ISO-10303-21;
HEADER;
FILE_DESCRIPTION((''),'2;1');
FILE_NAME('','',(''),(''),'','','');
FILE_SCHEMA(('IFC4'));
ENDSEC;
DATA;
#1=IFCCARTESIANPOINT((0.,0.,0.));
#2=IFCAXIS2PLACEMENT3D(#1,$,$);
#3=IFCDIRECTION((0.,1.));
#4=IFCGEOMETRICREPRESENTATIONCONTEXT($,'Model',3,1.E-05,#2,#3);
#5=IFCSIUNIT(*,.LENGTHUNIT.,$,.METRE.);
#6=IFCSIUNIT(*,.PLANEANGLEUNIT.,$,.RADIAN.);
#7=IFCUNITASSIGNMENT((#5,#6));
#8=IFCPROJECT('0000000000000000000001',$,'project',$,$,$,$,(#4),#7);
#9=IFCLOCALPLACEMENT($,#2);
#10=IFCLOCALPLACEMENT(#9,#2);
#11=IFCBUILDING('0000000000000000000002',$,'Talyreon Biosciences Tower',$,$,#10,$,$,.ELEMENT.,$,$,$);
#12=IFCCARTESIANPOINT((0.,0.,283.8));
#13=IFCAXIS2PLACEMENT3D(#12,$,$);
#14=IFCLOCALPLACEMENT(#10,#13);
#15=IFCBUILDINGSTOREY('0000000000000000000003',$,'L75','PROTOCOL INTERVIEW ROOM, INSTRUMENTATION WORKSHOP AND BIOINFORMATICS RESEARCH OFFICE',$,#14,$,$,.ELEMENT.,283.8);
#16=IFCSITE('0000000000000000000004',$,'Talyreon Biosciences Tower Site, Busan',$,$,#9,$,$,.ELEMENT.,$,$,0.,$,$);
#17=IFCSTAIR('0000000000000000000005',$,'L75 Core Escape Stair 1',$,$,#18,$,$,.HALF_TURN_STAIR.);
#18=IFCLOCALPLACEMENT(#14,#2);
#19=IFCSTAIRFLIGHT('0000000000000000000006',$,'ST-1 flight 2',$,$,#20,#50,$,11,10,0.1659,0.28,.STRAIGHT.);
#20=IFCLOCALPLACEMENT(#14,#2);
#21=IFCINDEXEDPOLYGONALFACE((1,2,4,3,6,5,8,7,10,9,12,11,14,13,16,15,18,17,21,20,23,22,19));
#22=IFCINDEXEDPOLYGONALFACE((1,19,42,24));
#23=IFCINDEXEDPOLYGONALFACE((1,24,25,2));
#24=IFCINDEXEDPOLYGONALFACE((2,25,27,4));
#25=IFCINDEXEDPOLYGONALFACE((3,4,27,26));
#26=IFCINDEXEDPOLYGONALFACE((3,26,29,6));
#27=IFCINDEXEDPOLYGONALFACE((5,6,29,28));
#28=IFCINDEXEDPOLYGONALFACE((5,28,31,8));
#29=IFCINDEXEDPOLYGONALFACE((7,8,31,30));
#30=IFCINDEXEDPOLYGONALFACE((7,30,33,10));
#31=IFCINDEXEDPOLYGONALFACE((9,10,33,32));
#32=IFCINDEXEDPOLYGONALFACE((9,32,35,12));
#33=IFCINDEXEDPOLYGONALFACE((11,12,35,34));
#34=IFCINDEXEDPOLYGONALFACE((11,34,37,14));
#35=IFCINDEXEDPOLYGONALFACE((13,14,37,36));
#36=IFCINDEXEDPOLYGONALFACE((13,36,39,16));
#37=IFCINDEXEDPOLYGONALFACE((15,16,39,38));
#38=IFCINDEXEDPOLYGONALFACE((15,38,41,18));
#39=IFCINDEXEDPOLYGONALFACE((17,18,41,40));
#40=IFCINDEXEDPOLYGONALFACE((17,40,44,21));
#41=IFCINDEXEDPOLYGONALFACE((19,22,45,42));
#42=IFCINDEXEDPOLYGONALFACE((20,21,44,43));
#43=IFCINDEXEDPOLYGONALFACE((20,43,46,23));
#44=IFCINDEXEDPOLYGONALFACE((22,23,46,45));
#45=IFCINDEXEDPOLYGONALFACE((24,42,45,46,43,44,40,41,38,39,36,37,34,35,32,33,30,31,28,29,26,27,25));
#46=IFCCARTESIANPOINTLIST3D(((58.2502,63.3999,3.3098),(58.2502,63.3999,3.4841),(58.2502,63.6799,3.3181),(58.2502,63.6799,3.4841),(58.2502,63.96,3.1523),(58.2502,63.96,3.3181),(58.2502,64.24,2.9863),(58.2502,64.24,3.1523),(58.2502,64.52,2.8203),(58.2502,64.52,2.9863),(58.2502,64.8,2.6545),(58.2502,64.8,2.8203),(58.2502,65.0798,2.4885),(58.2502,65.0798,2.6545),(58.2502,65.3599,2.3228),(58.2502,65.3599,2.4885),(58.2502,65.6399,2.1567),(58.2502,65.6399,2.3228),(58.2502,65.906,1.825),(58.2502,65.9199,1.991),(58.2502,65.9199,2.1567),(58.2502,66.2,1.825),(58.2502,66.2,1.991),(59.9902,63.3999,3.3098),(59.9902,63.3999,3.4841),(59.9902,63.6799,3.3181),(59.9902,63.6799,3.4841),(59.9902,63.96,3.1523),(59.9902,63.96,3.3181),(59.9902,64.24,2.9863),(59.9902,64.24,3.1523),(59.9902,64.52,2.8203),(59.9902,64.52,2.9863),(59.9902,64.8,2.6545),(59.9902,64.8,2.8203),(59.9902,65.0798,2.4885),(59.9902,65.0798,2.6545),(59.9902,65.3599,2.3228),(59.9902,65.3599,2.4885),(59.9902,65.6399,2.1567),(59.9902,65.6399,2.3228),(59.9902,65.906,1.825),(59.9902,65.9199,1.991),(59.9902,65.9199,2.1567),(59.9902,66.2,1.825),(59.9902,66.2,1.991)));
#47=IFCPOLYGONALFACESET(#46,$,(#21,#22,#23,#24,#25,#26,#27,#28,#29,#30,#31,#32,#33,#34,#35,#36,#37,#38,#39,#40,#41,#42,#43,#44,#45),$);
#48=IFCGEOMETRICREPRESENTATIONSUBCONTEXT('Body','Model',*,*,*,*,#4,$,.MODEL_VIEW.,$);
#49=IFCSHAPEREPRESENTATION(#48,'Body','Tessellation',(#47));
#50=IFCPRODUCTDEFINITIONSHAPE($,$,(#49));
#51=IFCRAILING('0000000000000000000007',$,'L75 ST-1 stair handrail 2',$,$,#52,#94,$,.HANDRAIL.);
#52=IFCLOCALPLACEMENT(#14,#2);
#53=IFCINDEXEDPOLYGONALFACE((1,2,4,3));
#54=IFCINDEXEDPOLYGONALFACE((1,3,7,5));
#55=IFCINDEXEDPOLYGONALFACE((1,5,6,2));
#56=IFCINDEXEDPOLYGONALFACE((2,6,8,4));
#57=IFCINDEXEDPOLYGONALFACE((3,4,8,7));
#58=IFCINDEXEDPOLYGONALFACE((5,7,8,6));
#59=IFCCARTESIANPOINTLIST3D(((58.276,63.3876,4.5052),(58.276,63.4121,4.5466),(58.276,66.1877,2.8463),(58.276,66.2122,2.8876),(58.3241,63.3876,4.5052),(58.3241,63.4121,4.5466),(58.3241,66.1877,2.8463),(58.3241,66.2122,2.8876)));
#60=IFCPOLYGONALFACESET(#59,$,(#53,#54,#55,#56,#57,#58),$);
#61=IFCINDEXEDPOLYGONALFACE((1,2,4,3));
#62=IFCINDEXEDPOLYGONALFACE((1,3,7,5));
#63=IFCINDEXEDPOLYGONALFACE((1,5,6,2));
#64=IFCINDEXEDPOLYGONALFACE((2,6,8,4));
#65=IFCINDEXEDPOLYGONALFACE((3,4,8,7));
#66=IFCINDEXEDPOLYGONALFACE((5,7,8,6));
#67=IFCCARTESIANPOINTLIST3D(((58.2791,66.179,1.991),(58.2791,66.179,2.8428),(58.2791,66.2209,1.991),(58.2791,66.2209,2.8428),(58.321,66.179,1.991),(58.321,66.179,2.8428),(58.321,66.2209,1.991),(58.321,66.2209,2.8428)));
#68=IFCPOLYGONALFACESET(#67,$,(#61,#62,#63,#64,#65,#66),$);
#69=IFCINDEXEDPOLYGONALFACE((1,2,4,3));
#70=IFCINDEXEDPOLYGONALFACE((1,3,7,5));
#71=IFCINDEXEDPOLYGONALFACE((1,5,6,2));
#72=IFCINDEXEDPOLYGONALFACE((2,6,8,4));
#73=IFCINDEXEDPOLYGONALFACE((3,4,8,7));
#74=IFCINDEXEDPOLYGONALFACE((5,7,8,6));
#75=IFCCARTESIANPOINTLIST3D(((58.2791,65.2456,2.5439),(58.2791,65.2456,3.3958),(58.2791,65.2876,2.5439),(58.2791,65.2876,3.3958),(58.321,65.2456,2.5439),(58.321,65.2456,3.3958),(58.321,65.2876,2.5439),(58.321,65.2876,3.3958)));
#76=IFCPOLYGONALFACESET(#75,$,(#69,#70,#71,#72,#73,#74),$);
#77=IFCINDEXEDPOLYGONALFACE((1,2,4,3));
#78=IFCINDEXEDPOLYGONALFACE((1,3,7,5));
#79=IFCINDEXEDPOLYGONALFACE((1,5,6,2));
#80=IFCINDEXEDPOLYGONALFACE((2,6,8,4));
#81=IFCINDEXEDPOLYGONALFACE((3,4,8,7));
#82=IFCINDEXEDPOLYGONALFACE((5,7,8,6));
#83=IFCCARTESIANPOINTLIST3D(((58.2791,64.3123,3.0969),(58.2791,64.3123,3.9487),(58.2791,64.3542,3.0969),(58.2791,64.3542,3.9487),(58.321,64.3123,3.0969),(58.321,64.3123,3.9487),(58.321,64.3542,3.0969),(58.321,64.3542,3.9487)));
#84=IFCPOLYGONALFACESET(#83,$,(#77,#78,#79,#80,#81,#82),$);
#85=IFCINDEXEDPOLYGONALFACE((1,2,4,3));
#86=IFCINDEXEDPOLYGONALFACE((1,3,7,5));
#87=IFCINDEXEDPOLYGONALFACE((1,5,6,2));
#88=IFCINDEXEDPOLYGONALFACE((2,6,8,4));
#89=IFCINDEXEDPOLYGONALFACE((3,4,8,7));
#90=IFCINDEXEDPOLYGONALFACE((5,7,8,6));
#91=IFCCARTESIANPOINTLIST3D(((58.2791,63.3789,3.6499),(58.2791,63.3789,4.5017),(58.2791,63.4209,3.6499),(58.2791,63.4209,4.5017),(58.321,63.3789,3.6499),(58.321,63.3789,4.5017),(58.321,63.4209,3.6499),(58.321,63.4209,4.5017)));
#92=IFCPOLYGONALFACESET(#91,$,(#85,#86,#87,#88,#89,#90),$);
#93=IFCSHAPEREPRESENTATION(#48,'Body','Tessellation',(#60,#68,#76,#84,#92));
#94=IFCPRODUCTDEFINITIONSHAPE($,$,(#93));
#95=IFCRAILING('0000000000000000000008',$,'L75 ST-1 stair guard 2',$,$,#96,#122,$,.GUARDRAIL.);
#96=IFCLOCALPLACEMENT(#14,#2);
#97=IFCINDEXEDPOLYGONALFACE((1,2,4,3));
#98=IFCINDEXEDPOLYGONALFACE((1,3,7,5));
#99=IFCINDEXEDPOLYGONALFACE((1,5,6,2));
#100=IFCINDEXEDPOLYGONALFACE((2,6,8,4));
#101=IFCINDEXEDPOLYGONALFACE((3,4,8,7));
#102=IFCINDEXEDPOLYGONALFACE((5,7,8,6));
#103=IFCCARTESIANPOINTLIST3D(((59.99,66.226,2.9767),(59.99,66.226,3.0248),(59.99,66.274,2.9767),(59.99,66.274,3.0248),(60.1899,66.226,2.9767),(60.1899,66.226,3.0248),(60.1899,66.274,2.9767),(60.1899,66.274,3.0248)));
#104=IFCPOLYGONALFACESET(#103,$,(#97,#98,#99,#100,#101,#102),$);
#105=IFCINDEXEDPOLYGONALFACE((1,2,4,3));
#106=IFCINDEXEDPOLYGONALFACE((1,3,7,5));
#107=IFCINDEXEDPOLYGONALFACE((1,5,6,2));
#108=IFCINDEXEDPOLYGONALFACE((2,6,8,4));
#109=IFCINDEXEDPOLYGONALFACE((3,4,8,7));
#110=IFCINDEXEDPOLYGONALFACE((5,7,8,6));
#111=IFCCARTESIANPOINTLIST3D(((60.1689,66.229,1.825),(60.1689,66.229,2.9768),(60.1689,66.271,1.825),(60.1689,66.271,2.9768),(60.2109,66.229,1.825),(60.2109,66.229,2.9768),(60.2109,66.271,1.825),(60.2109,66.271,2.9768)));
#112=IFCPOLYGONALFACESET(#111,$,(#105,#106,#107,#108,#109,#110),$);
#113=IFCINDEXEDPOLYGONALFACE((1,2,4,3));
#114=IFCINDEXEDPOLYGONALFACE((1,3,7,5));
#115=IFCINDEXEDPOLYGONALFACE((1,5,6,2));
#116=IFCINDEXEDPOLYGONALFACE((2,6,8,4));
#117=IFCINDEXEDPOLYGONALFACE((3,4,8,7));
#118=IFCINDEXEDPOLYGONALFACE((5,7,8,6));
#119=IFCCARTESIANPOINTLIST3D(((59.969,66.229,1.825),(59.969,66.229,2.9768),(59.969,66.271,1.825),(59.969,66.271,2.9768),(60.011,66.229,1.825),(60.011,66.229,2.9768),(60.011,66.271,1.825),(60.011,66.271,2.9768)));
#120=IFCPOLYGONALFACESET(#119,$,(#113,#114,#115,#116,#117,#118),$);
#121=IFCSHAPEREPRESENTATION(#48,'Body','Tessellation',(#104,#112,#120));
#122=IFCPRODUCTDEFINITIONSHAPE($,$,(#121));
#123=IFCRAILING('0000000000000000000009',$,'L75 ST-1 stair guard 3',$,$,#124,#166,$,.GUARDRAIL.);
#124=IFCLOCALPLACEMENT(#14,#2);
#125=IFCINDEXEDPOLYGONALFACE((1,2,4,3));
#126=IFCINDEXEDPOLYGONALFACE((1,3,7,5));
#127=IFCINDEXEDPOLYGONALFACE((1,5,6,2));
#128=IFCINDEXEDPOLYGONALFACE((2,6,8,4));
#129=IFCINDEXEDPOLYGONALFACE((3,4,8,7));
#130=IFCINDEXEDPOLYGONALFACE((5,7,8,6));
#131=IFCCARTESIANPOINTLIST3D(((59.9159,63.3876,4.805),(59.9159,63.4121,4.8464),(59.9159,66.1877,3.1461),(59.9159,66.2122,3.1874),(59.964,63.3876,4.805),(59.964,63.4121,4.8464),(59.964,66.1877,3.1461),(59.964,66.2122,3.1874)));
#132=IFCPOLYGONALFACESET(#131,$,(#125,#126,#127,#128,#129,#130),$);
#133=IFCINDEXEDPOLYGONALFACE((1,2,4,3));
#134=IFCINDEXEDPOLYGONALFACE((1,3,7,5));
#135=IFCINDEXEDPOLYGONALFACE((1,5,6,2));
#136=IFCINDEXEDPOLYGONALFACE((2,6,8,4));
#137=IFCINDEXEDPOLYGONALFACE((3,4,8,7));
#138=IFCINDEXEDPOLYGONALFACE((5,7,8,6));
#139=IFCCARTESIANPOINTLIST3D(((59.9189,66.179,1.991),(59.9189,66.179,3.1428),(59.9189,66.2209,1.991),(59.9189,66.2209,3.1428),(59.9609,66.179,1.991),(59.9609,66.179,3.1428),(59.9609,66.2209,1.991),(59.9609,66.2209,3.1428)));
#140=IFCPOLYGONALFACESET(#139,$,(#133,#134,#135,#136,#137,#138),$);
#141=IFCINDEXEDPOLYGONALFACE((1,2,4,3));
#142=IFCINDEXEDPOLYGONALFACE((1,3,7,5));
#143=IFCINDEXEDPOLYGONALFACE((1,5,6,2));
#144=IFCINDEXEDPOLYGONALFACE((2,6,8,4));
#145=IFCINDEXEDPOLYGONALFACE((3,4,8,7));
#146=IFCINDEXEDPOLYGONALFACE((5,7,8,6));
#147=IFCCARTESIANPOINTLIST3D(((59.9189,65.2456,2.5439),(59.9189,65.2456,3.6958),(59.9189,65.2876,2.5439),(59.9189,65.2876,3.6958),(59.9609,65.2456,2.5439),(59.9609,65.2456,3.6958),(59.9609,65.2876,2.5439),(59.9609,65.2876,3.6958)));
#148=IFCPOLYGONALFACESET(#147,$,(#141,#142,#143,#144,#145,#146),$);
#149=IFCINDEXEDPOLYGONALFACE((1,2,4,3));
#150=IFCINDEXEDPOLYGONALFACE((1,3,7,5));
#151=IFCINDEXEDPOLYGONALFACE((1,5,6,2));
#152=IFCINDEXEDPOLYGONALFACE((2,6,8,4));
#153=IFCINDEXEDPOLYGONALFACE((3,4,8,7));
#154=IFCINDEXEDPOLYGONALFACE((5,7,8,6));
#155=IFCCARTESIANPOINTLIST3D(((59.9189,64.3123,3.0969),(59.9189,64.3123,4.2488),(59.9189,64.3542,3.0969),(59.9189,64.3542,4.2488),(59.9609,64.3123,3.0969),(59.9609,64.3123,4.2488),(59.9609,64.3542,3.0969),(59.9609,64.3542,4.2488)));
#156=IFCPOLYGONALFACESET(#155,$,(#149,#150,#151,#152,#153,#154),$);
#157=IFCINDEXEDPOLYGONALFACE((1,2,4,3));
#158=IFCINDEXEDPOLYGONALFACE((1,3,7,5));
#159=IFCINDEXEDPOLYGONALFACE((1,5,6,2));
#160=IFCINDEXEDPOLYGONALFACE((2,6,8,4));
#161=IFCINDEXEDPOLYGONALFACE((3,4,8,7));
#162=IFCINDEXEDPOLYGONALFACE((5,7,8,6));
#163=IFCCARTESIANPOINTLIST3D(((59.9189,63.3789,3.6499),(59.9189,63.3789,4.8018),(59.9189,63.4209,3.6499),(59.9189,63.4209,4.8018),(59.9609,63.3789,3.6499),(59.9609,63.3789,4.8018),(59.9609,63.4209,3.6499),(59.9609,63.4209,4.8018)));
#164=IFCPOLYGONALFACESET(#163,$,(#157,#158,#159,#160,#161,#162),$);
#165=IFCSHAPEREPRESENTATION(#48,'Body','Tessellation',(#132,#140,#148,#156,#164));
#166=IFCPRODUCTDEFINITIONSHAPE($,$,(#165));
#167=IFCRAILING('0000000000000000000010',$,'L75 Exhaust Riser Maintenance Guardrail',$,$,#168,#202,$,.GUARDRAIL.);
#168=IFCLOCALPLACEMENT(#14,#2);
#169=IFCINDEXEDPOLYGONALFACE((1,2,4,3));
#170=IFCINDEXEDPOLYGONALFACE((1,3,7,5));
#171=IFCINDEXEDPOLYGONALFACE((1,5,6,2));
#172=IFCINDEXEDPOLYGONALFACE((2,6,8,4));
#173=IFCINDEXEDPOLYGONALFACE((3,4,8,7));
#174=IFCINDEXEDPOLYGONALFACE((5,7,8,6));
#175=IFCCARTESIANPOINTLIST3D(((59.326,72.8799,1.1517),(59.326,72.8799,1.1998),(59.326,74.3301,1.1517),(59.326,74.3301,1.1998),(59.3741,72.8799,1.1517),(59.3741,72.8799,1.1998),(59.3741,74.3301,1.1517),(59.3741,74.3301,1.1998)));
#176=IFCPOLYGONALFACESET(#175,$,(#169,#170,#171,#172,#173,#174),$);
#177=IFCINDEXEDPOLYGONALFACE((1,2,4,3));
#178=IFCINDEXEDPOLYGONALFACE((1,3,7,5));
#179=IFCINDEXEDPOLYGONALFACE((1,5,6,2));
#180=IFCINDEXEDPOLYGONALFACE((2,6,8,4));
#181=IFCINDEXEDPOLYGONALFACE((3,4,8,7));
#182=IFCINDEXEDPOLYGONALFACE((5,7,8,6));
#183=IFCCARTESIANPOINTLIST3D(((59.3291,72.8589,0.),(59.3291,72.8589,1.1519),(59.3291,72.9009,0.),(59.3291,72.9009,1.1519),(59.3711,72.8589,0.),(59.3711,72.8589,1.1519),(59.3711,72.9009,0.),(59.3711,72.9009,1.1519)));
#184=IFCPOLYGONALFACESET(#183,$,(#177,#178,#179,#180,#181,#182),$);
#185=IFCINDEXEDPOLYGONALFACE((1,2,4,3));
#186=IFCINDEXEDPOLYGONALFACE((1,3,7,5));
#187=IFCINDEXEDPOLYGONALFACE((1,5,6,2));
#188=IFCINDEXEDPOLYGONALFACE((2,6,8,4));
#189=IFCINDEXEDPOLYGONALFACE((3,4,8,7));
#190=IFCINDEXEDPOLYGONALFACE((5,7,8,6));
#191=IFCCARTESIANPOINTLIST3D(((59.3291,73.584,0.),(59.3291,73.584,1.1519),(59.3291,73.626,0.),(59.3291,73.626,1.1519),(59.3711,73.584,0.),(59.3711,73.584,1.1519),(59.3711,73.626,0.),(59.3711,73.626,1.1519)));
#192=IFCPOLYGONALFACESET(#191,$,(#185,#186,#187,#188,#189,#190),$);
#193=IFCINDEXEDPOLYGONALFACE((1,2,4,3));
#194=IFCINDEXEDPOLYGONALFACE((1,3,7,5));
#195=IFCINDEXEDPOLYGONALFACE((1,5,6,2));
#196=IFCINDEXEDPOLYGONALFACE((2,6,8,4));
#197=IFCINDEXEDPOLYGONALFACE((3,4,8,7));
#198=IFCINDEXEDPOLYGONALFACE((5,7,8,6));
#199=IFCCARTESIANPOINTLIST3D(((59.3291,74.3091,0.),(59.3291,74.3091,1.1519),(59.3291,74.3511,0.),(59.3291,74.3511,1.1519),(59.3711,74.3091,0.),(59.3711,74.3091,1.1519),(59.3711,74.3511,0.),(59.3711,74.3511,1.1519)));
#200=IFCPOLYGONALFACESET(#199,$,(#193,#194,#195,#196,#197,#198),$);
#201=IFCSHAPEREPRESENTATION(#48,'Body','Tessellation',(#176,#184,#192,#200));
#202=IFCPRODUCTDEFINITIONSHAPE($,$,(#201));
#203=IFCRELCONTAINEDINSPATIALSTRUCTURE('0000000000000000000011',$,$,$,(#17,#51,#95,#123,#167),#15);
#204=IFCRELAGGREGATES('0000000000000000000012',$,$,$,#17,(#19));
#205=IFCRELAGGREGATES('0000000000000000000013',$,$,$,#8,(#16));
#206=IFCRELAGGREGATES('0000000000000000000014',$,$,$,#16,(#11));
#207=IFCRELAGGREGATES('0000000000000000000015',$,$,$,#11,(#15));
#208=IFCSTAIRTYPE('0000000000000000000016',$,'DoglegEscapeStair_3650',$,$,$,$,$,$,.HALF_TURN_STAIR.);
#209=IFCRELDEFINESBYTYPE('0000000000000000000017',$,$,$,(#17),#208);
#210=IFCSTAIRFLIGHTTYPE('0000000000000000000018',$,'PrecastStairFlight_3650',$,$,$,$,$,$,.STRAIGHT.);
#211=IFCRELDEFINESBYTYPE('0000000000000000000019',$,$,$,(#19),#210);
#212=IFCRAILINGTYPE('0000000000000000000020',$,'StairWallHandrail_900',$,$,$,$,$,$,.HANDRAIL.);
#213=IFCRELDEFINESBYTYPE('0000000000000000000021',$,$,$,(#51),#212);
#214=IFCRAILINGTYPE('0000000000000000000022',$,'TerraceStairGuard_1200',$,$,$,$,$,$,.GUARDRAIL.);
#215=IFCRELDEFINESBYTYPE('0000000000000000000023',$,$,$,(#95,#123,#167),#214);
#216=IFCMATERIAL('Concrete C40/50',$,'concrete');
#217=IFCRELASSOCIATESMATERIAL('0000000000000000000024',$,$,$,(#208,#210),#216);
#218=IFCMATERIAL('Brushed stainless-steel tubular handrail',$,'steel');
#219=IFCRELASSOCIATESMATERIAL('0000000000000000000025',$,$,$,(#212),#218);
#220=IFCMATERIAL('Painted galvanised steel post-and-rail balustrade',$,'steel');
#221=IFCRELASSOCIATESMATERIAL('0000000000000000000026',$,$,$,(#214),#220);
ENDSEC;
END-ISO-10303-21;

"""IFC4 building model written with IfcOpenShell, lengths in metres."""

from ifc_helpers import new_model, si_unit, direction, frame, origin, origin_2d, place, context, subcontext, project, spatial, polyline, rectangle, outline, extrude, material, type_object, element, aggregate, save


model = new_model("IFC4")

# Units and contexts
model_context = context("Model", 3, precision=1e-05, world=origin(), true_north=direction((0.0, 1.0)))
body_context = subcontext(model_context, "Body", "Model", "MODEL_VIEW")
ifc_project = project(units=[si_unit("LENGTHUNIT", "METRE"), si_unit("PLANEANGLEUNIT", "RADIAN")], contexts=[model_context])

# Site, building, storey
site_placement = place(None, origin())
site = spatial("IfcSite", under=ifc_project, at=site_placement, Name="Talyreon Biosciences Tower Site, Busan", CompositionType="ELEMENT", RefElevation=0.0)
building_placement = place(site_placement, origin())
building = spatial("IfcBuilding", under=site, at=building_placement, Name="Talyreon Biosciences Tower", CompositionType="ELEMENT")
storey_placement = place(building_placement, frame((0.0, 0.0, 283.8)))
storey = spatial("IfcBuildingStorey", under=building, at=storey_placement, Name="L75", Description="PROTOCOL INTERVIEW ROOM, INSTRUMENTATION WORKSHOP AND BIOINFORMATICS RESEARCH OFFICE", CompositionType="ELEMENT", Elevation=283.8)

# Stair, stair flight
ifc_material_1 = material(Name="Concrete C40/50", Category="concrete")
stair_type = type_object("IfcStairType", Name="DoglegEscapeStair_3650", PredefinedType="HALF_TURN_STAIR", material=ifc_material_1)
stair_placement = place(storey_placement, origin())
stair = element("IfcStair", 1, at=stair_placement, inside=storey, type_object=stair_type, Name="L75 Core Escape Stair 1", PredefinedType="HALF_TURN_STAIR")
stair_flight_type = type_object("IfcStairFlightType", Name="PrecastStairFlight_3650", PredefinedType="STRAIGHT", material=ifc_material_1)
stair_flight_placement = place(storey_placement, frame((59.1201, 66.2, 1.825), z_axis=(0.0, 0.0, 1.0), x_axis=(0.0, -1.0, 0.0)))
stair_flight = element("IfcStairFlight", 2, at=stair_flight_placement, type_object=stair_flight_type, Name="ST-1 flight 2", NumberOfRisers=11, NumberOfTreads=10, PredefinedType="STRAIGHT", RiserHeight=0.1659, TreadLength=0.28, context=body_context, shape_type="SweptSolid", body=[
    extrude(outline(polyline([(0.0, 0.0), (0.0, 0.166), (0.28, 0.166), (0.28, 0.3318), (0.5601, 0.3318), (0.5601, 0.4978), (0.8401, 0.4978), (0.8401, 0.6636), (1.1201, 0.6636), (1.1201, 0.8296), (1.3999, 0.8296), (1.3999, 0.9954), (1.6799, 0.9954), (1.6799, 1.1614), (1.96, 1.1614), (1.96, 1.3274), (2.24, 1.3274), (2.24, 1.4932), (2.52, 1.4932), (2.52, 1.6592), (2.8, 1.6592), (2.8, 1.825), (2.8, 1.4849), (0.2939, 0.0), (0.0, 0.0)])), frame((0.0, 0.8701, 0.0), z_axis=(0.0, -1.0, 0.0), x_axis=(1.0, 0.0, 0.0)), (0.0, 0.0, 1.0), 1.74),
])
aggregate(stair, [stair_flight])

# Railings
ifc_material_2 = material(Name="Brushed stainless-steel tubular handrail", Category="steel")
railing_type_1 = type_object("IfcRailingType", Name="StairWallHandrail_900", PredefinedType="HANDRAIL", material=ifc_material_2)
railing_1_placement = place(storey_placement, frame((58.3, 66.2, 1.991)))
element("IfcRailing", 3, at=railing_1_placement, inside=storey, type_object=railing_type_1, Name="L75 ST-1 stair handrail 2", PredefinedType="HANDRAIL", context=body_context, shape_type="SweptSolid", body=[
    extrude(rectangle(XDim=0.0481, YDim=0.0481, at=origin_2d()), frame((0.0, 0.0, 0.876), z_axis=(0.0, -0.860339, 0.509722), x_axis=(1.0, 0.0, 0.0)), (0.0, 0.0, 1.0), 3.2546),
    extrude(rectangle(XDim=0.042, YDim=0.042, at=origin_2d()), origin(), (0.0, 0.0, 1.0), 0.8518),
    extrude(rectangle(XDim=0.042, YDim=0.042, at=origin_2d()), frame((0.0, -0.9333, 0.553)), (0.0, 0.0, 1.0), 0.8518),
    extrude(rectangle(XDim=0.042, YDim=0.042, at=origin_2d()), frame((0.0, -1.8667, 1.106)), (0.0, 0.0, 1.0), 0.8518),
    extrude(rectangle(XDim=0.042, YDim=0.042, at=origin_2d()), frame((0.0, -2.8, 1.6589)), (0.0, 0.0, 1.0), 0.8518),
])
ifc_material_3 = material(Name="Painted galvanised steel post-and-rail balustrade", Category="steel")
railing_type_2 = type_object("IfcRailingType", Name="TerraceStairGuard_1200", PredefinedType="GUARDRAIL", material=ifc_material_3)
railing_2_placement = place(storey_placement, frame((60.1899, 66.25, 1.825)))
element("IfcRailing", 4, at=railing_2_placement, inside=storey, type_object=railing_type_2, Name="L75 ST-1 stair guard 2", PredefinedType="GUARDRAIL", context=body_context, shape_type="SweptSolid", body=[
    extrude(rectangle(XDim=0.0481, YDim=0.0481, at=origin_2d()), frame((0.0, 0.0, 1.1758), z_axis=(-1.0, 0.0, 0.0), x_axis=(0.0, -1.0, 0.0)), (0.0, 0.0, 1.0), 0.2),
    extrude(rectangle(XDim=0.042, YDim=0.042, at=origin_2d()), origin(), (0.0, 0.0, 1.0), 1.1519),
    extrude(rectangle(XDim=0.042, YDim=0.042, at=origin_2d()), frame((-0.2, 0.0, 0.0)), (0.0, 0.0, 1.0), 1.1519),
])
railing_3_placement = place(storey_placement, frame((59.9399, 66.2, 1.991)))
element("IfcRailing", 5, at=railing_3_placement, inside=storey, type_object=railing_type_2, Name="L75 ST-1 stair guard 3", PredefinedType="GUARDRAIL", context=body_context, shape_type="SweptSolid", body=[
    extrude(rectangle(XDim=0.0481, YDim=0.0481, at=origin_2d()), frame((0.0, 0.0, 1.1758), z_axis=(0.0, -0.860339, 0.509722), x_axis=(1.0, 0.0, 0.0)), (0.0, 0.0, 1.0), 3.2546),
    extrude(rectangle(XDim=0.042, YDim=0.042, at=origin_2d()), origin(), (0.0, 0.0, 1.0), 1.1519),
    extrude(rectangle(XDim=0.042, YDim=0.042, at=origin_2d()), frame((0.0, -0.9333, 0.553)), (0.0, 0.0, 1.0), 1.1519),
    extrude(rectangle(XDim=0.042, YDim=0.042, at=origin_2d()), frame((0.0, -1.8667, 1.106)), (0.0, 0.0, 1.0), 1.1519),
    extrude(rectangle(XDim=0.042, YDim=0.042, at=origin_2d()), frame((0.0, -2.8, 1.6589)), (0.0, 0.0, 1.0), 1.1519),
])
railing_4_placement = place(storey_placement, frame((59.3501, 72.8799, 0.0)))
element("IfcRailing", 6, at=railing_4_placement, inside=storey, type_object=railing_type_2, Name="L75 Exhaust Riser Maintenance Guardrail", PredefinedType="GUARDRAIL", context=body_context, shape_type="SweptSolid", body=[
    extrude(rectangle(XDim=0.0481, YDim=0.0481, at=origin_2d()), frame((0.0, 0.0, 1.1758), z_axis=(0.0, 1.0, 0.0), x_axis=(-1.0, 0.0, 0.0)), (0.0, 0.0, 1.0), 1.4502),
    extrude(rectangle(XDim=0.042, YDim=0.042, at=origin_2d()), origin(), (0.0, 0.0, 1.0), 1.1519),
    extrude(rectangle(XDim=0.042, YDim=0.042, at=origin_2d()), frame((0.0, 0.7251, 0.0)), (0.0, 0.0, 1.0), 1.1519),
    extrude(rectangle(XDim=0.042, YDim=0.042, at=origin_2d()), frame((0.0, 1.4502, 0.0)), (0.0, 0.0, 1.0), 1.1519),
])

save(model, "model.ifc")
